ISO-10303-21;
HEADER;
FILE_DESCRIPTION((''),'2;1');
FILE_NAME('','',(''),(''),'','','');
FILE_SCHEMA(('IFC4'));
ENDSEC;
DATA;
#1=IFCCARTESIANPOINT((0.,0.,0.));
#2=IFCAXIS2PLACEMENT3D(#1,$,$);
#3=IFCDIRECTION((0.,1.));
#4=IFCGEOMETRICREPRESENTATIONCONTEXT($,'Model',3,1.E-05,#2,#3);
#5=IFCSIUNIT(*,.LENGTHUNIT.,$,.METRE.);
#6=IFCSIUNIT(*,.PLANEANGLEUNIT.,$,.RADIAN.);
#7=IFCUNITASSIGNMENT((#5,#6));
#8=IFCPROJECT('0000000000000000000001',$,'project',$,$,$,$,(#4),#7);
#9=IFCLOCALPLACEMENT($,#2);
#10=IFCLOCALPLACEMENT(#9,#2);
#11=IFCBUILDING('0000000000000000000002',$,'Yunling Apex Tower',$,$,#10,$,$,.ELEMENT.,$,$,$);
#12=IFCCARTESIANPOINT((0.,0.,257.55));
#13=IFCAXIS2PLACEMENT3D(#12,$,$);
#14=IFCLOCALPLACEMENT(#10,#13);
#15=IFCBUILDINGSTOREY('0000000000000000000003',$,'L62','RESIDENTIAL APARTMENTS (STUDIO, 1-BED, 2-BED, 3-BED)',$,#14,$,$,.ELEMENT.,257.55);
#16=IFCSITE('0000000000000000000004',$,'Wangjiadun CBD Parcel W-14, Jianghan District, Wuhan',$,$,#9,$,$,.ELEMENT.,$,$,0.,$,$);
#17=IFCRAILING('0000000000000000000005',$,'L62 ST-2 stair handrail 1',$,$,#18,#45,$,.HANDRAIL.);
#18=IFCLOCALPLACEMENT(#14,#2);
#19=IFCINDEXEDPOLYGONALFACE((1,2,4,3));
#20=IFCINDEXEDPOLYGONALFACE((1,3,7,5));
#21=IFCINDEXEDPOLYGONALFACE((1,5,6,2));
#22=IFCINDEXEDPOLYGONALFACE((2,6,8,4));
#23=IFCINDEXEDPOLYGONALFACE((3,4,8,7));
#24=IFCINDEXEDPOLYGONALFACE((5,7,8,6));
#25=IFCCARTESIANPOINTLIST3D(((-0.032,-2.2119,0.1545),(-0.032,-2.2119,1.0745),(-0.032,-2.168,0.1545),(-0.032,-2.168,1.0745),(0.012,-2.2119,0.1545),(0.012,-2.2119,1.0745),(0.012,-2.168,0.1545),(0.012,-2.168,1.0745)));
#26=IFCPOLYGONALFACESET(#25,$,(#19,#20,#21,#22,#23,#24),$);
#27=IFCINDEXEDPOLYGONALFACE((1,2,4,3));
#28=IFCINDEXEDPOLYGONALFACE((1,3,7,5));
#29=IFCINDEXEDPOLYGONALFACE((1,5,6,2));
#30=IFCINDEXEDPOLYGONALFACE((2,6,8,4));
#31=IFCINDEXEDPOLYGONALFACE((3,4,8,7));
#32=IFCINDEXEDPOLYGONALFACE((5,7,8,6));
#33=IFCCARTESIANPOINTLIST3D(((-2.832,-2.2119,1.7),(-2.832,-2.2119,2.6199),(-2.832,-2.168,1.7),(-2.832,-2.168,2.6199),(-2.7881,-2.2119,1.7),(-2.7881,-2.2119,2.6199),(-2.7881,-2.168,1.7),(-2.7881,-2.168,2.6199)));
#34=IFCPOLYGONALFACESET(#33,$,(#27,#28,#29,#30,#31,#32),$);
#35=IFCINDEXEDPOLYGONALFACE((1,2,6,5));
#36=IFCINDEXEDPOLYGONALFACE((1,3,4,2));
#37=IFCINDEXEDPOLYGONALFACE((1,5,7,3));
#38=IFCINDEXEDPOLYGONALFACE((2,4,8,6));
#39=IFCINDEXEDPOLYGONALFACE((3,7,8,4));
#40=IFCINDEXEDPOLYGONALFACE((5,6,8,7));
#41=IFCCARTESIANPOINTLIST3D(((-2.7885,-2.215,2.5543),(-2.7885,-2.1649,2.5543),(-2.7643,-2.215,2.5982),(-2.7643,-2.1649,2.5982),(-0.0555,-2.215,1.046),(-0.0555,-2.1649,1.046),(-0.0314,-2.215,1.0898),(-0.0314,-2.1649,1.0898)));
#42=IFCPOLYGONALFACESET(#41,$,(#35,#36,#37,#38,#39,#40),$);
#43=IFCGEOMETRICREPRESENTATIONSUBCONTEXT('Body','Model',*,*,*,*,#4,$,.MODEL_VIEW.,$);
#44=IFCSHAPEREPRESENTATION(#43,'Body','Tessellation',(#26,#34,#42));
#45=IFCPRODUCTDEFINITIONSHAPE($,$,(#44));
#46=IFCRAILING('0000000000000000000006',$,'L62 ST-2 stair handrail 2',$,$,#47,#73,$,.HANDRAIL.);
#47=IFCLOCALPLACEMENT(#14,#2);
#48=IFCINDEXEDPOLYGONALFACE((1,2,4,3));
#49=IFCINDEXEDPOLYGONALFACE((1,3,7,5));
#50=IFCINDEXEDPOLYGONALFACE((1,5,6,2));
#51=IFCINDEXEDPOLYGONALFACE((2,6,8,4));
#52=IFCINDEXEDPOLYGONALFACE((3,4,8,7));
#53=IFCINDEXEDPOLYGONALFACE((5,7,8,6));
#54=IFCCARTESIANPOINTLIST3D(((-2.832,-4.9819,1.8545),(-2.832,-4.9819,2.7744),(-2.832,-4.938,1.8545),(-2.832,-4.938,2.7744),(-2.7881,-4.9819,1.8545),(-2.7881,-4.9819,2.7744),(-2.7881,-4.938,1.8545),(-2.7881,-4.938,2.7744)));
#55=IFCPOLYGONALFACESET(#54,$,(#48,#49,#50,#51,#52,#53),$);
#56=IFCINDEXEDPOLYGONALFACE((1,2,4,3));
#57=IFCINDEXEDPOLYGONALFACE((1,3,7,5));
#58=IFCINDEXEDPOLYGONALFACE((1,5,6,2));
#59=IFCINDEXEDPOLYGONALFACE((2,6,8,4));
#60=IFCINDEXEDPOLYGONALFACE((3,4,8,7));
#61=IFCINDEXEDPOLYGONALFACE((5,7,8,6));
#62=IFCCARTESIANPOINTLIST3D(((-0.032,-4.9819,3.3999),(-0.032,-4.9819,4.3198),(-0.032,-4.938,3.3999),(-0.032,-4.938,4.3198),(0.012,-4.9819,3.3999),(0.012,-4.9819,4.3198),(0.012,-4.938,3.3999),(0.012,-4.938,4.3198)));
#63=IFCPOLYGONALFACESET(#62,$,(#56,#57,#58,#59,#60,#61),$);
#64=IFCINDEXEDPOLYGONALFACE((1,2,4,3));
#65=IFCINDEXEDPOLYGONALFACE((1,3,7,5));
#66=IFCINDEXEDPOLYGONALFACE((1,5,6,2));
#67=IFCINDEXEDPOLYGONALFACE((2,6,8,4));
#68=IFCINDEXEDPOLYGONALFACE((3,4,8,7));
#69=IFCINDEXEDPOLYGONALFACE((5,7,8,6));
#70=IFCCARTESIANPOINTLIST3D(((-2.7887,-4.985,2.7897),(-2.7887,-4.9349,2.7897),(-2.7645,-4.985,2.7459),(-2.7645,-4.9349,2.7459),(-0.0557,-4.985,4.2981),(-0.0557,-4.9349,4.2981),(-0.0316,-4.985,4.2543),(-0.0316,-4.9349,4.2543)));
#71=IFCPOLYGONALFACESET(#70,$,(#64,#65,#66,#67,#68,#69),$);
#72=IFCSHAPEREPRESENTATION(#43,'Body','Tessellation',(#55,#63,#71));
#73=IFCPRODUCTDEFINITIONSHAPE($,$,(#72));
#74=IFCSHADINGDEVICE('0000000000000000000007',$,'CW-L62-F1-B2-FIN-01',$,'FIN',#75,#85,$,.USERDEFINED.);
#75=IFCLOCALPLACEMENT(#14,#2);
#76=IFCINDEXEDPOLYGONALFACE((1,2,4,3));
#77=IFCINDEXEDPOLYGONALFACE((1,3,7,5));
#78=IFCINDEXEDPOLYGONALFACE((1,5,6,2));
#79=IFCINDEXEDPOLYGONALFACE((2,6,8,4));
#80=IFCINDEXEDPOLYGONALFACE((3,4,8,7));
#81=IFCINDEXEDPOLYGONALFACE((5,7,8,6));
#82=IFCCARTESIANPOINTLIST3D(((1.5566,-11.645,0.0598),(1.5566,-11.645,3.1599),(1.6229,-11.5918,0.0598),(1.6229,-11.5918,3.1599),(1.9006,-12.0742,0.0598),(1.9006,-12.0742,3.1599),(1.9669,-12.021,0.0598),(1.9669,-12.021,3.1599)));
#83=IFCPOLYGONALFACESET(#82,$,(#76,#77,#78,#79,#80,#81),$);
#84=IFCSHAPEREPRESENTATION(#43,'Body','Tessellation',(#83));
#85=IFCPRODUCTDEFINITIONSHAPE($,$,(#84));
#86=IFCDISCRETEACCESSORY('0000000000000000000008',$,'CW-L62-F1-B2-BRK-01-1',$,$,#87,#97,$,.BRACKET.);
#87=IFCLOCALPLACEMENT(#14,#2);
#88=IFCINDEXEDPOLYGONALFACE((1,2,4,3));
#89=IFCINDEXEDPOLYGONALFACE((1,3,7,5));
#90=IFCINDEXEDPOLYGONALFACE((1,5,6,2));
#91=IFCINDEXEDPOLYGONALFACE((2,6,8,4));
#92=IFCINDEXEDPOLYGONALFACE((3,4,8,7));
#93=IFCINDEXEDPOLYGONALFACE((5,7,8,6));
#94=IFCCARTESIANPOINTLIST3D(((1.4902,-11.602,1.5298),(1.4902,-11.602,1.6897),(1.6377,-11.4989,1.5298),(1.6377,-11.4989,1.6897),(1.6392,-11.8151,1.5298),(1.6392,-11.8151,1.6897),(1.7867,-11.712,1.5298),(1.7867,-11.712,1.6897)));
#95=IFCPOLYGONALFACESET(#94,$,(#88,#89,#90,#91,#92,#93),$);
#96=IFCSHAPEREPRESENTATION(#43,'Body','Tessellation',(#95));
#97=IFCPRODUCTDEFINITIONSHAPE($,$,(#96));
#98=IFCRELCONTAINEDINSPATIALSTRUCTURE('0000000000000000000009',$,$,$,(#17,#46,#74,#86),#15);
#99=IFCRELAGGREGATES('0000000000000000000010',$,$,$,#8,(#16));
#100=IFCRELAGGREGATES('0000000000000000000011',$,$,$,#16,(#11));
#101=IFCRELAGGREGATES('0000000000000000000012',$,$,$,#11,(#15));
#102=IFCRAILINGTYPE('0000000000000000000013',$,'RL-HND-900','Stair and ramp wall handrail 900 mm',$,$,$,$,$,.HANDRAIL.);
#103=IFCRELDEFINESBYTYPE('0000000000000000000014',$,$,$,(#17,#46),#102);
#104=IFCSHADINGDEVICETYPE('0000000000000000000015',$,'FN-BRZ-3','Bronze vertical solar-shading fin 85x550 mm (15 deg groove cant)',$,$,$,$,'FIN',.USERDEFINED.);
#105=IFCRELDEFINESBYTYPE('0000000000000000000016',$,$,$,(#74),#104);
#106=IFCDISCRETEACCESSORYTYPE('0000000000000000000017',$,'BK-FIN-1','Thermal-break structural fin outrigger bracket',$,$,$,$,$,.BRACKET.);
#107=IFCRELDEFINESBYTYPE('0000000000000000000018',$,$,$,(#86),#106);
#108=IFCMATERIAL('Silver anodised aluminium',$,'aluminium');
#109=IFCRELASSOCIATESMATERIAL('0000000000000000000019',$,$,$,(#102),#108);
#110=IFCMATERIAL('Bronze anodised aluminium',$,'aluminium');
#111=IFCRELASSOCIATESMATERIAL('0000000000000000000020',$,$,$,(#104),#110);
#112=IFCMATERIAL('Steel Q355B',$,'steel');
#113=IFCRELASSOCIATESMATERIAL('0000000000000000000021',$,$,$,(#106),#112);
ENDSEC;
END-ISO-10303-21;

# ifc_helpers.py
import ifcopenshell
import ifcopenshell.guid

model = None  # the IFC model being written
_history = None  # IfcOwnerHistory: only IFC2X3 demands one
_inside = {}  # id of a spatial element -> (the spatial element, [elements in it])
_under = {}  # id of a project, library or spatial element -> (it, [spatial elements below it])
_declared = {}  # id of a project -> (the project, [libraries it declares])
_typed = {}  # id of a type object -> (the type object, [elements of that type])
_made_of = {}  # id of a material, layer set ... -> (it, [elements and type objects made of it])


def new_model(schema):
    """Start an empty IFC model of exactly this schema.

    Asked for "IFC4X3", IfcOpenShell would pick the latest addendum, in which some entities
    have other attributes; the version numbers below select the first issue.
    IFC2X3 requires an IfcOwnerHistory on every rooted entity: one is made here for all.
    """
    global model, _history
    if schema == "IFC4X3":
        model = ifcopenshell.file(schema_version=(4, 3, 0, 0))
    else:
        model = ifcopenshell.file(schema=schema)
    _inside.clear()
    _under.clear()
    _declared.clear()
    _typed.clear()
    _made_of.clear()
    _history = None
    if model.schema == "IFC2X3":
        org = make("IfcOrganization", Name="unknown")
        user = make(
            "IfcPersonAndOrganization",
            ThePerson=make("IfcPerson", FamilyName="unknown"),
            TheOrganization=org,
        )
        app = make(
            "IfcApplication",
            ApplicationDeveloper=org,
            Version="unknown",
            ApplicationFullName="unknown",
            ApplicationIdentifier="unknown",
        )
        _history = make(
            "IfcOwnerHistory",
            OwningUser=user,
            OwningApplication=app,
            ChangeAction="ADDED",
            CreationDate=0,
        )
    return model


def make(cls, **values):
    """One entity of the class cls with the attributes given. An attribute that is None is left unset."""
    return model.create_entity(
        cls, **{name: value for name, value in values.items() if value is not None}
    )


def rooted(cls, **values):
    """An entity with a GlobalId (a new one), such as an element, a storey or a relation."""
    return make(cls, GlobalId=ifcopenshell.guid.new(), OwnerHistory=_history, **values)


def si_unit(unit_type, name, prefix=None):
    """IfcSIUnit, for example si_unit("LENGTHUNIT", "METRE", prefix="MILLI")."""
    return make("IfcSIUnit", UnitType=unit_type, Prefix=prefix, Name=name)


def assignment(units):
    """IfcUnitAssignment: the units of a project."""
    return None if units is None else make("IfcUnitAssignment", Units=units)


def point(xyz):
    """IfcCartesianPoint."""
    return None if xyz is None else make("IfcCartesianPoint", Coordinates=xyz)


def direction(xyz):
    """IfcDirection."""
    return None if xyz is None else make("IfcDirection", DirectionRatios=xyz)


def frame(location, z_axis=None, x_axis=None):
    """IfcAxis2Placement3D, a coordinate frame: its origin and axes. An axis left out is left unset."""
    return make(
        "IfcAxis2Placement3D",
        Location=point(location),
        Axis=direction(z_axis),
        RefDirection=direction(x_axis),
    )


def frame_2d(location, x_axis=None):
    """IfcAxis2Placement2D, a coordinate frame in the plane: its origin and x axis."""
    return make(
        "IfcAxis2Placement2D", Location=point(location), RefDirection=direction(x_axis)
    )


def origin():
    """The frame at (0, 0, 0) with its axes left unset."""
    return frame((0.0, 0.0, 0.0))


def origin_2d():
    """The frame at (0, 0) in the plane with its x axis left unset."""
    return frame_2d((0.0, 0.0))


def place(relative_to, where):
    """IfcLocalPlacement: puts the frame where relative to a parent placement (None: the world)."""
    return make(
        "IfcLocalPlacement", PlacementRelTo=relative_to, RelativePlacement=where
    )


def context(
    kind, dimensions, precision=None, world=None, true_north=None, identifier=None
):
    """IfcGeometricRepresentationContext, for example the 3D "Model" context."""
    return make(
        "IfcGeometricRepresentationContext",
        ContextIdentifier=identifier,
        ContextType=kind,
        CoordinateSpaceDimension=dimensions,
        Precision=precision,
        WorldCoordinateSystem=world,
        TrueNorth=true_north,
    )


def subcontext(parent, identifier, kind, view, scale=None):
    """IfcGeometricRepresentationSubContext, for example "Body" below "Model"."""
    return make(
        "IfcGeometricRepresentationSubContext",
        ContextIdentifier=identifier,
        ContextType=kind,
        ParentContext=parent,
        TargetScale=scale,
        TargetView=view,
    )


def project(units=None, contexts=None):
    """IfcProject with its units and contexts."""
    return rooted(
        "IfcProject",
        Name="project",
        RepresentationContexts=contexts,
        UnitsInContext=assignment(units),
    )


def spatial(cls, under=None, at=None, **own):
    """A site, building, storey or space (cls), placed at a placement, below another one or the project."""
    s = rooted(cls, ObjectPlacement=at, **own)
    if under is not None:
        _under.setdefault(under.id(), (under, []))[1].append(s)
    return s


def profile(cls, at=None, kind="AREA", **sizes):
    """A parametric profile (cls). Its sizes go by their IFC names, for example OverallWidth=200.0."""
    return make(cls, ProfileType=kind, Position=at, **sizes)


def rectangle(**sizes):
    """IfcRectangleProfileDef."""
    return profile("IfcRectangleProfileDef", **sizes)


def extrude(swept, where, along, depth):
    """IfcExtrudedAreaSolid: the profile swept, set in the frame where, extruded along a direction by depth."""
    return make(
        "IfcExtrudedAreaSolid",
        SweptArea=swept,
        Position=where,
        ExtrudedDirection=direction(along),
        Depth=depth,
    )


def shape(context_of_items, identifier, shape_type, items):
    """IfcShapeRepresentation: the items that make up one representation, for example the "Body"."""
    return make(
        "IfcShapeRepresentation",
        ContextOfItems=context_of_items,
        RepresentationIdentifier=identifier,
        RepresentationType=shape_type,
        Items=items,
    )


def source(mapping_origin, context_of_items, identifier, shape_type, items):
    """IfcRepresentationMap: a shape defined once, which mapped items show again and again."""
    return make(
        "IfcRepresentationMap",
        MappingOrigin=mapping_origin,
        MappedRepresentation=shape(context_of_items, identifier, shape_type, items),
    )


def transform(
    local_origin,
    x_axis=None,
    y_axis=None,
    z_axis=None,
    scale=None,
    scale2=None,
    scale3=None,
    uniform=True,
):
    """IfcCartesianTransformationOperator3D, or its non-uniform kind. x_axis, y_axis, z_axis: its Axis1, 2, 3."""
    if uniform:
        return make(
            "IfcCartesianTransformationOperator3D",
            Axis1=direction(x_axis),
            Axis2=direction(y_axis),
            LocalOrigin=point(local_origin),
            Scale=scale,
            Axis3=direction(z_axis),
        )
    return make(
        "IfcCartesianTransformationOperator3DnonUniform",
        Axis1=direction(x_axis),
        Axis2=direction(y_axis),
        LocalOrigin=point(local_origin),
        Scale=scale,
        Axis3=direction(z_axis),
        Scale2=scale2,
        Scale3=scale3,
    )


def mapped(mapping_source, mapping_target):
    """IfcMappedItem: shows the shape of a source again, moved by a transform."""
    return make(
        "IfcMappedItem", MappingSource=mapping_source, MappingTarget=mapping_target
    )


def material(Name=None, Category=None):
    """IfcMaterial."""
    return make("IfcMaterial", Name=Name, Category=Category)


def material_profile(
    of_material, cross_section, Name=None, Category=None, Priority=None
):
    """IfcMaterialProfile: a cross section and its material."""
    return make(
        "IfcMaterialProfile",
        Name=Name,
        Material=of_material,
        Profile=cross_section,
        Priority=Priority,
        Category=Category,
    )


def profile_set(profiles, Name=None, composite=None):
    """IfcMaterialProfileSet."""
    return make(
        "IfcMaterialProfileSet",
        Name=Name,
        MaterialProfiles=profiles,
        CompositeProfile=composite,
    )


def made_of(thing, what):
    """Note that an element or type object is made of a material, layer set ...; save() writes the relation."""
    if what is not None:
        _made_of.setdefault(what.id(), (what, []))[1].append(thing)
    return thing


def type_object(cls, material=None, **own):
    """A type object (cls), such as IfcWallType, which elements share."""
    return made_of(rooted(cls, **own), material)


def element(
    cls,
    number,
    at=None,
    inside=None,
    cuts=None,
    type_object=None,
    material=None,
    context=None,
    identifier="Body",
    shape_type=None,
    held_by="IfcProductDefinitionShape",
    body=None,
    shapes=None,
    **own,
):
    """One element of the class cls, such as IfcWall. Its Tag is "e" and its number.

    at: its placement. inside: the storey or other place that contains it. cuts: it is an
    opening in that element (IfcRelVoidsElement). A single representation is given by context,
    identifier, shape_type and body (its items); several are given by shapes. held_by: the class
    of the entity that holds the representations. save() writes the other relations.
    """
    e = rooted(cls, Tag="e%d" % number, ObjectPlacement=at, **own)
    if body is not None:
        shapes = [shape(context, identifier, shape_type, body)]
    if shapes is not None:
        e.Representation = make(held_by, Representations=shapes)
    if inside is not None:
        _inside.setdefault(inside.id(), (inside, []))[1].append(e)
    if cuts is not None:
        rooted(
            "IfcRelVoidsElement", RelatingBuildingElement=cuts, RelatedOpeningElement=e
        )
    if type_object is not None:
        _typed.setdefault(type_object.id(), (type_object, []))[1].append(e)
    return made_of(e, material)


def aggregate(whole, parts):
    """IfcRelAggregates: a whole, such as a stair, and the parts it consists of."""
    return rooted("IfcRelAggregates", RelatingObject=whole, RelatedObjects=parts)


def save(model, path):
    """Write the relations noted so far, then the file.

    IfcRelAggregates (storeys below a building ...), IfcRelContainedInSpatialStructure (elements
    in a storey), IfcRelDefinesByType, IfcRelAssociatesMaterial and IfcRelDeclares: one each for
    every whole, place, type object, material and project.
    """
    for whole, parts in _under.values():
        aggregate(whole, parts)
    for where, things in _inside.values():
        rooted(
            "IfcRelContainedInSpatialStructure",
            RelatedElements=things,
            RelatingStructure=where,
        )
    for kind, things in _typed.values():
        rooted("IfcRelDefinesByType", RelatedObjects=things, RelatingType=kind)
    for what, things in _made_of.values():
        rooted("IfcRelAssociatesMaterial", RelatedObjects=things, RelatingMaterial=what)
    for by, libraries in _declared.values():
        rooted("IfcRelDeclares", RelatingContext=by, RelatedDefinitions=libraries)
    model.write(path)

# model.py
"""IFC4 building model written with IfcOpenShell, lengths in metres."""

from ifc_helpers import new_model, si_unit, direction, frame, origin, origin_2d, place, context, subcontext, project, spatial, rectangle, extrude, source, transform, mapped, material, material_profile, profile_set, type_object, element, save


model = new_model("IFC4")

# Units and contexts
model_context = context("Model", 3, precision=1e-05, world=origin(), true_north=direction((0.0, 1.0)))
body_context = subcontext(model_context, "Body", "Model", "MODEL_VIEW")
ifc_project = project(units=[si_unit("LENGTHUNIT", "METRE"), si_unit("PLANEANGLEUNIT", "RADIAN")], contexts=[model_context])

# Site, building, storey
site_placement = place(None, origin())
site = spatial("IfcSite", under=ifc_project, at=site_placement, Name="Wangjiadun CBD Parcel W-14, Jianghan District, Wuhan", CompositionType="ELEMENT", RefElevation=0.0)
building_placement = place(site_placement, origin())
building = spatial("IfcBuilding", under=site, at=building_placement, Name="Yunling Apex Tower", CompositionType="ELEMENT")
storey_placement = place(building_placement, frame((0.0, 0.0, 257.55)))
storey = spatial("IfcBuildingStorey", under=building, at=storey_placement, Name="L62", Description="RESIDENTIAL APARTMENTS (STUDIO, 1-BED, 2-BED, 3-BED)", CompositionType="ELEMENT", Elevation=257.55)

# Shared definitions
ifc_material_1 = material(Name="Steel Q355B", Category="steel")

# Shared definitions
ifc_material_2 = material(Name="Bronze anodised aluminium", Category="aluminium")

# Railings
ifc_material_3 = material(Name="Silver anodised aluminium", Category="aluminium")
railing_type_1 = type_object("IfcRailingType", Name="RL-HND-900", Description="Stair and ramp wall handrail 900 mm", PredefinedType="HANDRAIL", material=ifc_material_3)
railing_1_placement = place(storey_placement, frame((-0.01, -2.1899, 0.1545)))
element("IfcRailing", 1, at=railing_1_placement, inside=storey, type_object=railing_type_1, Name="L62 ST-2 stair handrail 1", PredefinedType="HANDRAIL", context=body_context, shape_type="SweptSolid", body=[
    extrude(rectangle(XDim=0.0439, YDim=0.0439, at=origin_2d()), origin(), (0.0, 0.0, 1.0), 0.9199),
    extrude(rectangle(XDim=0.0439, YDim=0.0439, at=origin_2d()), frame((-2.8, 0.0, 1.5454)), (0.0, 0.0, 1.0), 0.9199),
    extrude(rectangle(XDim=0.05, YDim=0.05, at=origin_2d()), frame((-0.0334, 0.0, 0.9133), z_axis=(-0.875504, 0.0, 0.483211), x_axis=(0.0, -1.0, 0.0)), (0.0, 0.0, 1.0), 3.1216),
])
railing_2_placement = place(storey_placement, frame((-2.8101, -4.96, 1.8545)))
element("IfcRailing", 2, at=railing_2_placement, inside=storey, type_object=railing_type_1, Name="L62 ST-2 stair handrail 2", PredefinedType="HANDRAIL", context=body_context, shape_type="SweptSolid", body=[
    extrude(rectangle(XDim=0.0439, YDim=0.0439, at=origin_2d()), origin(), (0.0, 0.0, 1.0), 0.9199),
    extrude(rectangle(XDim=0.0439, YDim=0.0439, at=origin_2d()), frame((2.8, 0.0, 1.5454)), (0.0, 0.0, 1.0), 0.9199),
    extrude(rectangle(XDim=0.05, YDim=0.05, at=origin_2d()), frame((0.0334, 0.0, 0.9133), z_axis=(0.875504, 0.0, 0.483211), x_axis=(0.0, 1.0, 0.0)), (0.0, 0.0, 1.0), 3.1216),
])

# Shading device
ifc_material_profile_1 = material_profile(ifc_material_2, rectangle(XDim=0.085, YDim=0.55, at=origin_2d()))
ifc_profile_set_1 = profile_set([ifc_material_profile_1], Name="Bronze anodised aluminium")
shading_device_type = type_object("IfcShadingDeviceType", Name="FN-BRZ-3", Description="Bronze vertical solar-shading fin 85x550 mm (15 deg groove cant)", ElementType="FIN", PredefinedType="USERDEFINED", material=ifc_profile_set_1)
shared_shape_1 = source(origin(), body_context, "Body", "SweptSolid", [
    extrude(rectangle(XDim=0.085, YDim=0.55, at=origin_2d()), origin(), (0.0, 0.0, 1.0), 3.1001),
])
shading_device_placement = place(storey_placement, frame((1.7617, -11.833, 0.0598), z_axis=(0.0, 0.0, 1.0), x_axis=(0.780321, 0.625379, 0.0)))
element("IfcShadingDevice", 3, at=shading_device_placement, inside=storey, type_object=shading_device_type, Name="CW-L62-F1-B2-FIN-01", ObjectType="FIN", PredefinedType="USERDEFINED", context=body_context, shape_type="MappedRepresentation", body=[
    mapped(shared_shape_1, transform((0.0, 0.0, 0.0), scale=1.0)),
])

# Discrete accessory
discrete_accessory_type = type_object("IfcDiscreteAccessoryType", Name="BK-FIN-1", Description="Thermal-break structural fin outrigger bracket", PredefinedType="BRACKET", material=ifc_material_1)
shared_shape_2 = source(origin(), body_context, "Body", "SweptSolid", [
    extrude(rectangle(XDim=0.1799, YDim=0.26, at=origin_2d()), origin(), (0.0, 0.0, 1.0), 0.1599),
])
discrete_accessory_placement = place(storey_placement, frame((1.6384, -11.657, 1.5298), z_axis=(0.0, 0.0, 1.0), x_axis=(0.819552, 0.573004, 0.0)))
element("IfcDiscreteAccessory", 4, at=discrete_accessory_placement, inside=storey, type_object=discrete_accessory_type, Name="CW-L62-F1-B2-BRK-01-1", PredefinedType="BRACKET", context=body_context, shape_type="MappedRepresentation", body=[
    mapped(shared_shape_2, transform((0.0, 0.0, 0.0), scale=1.0)),
])

save(model, "model.ifc")
